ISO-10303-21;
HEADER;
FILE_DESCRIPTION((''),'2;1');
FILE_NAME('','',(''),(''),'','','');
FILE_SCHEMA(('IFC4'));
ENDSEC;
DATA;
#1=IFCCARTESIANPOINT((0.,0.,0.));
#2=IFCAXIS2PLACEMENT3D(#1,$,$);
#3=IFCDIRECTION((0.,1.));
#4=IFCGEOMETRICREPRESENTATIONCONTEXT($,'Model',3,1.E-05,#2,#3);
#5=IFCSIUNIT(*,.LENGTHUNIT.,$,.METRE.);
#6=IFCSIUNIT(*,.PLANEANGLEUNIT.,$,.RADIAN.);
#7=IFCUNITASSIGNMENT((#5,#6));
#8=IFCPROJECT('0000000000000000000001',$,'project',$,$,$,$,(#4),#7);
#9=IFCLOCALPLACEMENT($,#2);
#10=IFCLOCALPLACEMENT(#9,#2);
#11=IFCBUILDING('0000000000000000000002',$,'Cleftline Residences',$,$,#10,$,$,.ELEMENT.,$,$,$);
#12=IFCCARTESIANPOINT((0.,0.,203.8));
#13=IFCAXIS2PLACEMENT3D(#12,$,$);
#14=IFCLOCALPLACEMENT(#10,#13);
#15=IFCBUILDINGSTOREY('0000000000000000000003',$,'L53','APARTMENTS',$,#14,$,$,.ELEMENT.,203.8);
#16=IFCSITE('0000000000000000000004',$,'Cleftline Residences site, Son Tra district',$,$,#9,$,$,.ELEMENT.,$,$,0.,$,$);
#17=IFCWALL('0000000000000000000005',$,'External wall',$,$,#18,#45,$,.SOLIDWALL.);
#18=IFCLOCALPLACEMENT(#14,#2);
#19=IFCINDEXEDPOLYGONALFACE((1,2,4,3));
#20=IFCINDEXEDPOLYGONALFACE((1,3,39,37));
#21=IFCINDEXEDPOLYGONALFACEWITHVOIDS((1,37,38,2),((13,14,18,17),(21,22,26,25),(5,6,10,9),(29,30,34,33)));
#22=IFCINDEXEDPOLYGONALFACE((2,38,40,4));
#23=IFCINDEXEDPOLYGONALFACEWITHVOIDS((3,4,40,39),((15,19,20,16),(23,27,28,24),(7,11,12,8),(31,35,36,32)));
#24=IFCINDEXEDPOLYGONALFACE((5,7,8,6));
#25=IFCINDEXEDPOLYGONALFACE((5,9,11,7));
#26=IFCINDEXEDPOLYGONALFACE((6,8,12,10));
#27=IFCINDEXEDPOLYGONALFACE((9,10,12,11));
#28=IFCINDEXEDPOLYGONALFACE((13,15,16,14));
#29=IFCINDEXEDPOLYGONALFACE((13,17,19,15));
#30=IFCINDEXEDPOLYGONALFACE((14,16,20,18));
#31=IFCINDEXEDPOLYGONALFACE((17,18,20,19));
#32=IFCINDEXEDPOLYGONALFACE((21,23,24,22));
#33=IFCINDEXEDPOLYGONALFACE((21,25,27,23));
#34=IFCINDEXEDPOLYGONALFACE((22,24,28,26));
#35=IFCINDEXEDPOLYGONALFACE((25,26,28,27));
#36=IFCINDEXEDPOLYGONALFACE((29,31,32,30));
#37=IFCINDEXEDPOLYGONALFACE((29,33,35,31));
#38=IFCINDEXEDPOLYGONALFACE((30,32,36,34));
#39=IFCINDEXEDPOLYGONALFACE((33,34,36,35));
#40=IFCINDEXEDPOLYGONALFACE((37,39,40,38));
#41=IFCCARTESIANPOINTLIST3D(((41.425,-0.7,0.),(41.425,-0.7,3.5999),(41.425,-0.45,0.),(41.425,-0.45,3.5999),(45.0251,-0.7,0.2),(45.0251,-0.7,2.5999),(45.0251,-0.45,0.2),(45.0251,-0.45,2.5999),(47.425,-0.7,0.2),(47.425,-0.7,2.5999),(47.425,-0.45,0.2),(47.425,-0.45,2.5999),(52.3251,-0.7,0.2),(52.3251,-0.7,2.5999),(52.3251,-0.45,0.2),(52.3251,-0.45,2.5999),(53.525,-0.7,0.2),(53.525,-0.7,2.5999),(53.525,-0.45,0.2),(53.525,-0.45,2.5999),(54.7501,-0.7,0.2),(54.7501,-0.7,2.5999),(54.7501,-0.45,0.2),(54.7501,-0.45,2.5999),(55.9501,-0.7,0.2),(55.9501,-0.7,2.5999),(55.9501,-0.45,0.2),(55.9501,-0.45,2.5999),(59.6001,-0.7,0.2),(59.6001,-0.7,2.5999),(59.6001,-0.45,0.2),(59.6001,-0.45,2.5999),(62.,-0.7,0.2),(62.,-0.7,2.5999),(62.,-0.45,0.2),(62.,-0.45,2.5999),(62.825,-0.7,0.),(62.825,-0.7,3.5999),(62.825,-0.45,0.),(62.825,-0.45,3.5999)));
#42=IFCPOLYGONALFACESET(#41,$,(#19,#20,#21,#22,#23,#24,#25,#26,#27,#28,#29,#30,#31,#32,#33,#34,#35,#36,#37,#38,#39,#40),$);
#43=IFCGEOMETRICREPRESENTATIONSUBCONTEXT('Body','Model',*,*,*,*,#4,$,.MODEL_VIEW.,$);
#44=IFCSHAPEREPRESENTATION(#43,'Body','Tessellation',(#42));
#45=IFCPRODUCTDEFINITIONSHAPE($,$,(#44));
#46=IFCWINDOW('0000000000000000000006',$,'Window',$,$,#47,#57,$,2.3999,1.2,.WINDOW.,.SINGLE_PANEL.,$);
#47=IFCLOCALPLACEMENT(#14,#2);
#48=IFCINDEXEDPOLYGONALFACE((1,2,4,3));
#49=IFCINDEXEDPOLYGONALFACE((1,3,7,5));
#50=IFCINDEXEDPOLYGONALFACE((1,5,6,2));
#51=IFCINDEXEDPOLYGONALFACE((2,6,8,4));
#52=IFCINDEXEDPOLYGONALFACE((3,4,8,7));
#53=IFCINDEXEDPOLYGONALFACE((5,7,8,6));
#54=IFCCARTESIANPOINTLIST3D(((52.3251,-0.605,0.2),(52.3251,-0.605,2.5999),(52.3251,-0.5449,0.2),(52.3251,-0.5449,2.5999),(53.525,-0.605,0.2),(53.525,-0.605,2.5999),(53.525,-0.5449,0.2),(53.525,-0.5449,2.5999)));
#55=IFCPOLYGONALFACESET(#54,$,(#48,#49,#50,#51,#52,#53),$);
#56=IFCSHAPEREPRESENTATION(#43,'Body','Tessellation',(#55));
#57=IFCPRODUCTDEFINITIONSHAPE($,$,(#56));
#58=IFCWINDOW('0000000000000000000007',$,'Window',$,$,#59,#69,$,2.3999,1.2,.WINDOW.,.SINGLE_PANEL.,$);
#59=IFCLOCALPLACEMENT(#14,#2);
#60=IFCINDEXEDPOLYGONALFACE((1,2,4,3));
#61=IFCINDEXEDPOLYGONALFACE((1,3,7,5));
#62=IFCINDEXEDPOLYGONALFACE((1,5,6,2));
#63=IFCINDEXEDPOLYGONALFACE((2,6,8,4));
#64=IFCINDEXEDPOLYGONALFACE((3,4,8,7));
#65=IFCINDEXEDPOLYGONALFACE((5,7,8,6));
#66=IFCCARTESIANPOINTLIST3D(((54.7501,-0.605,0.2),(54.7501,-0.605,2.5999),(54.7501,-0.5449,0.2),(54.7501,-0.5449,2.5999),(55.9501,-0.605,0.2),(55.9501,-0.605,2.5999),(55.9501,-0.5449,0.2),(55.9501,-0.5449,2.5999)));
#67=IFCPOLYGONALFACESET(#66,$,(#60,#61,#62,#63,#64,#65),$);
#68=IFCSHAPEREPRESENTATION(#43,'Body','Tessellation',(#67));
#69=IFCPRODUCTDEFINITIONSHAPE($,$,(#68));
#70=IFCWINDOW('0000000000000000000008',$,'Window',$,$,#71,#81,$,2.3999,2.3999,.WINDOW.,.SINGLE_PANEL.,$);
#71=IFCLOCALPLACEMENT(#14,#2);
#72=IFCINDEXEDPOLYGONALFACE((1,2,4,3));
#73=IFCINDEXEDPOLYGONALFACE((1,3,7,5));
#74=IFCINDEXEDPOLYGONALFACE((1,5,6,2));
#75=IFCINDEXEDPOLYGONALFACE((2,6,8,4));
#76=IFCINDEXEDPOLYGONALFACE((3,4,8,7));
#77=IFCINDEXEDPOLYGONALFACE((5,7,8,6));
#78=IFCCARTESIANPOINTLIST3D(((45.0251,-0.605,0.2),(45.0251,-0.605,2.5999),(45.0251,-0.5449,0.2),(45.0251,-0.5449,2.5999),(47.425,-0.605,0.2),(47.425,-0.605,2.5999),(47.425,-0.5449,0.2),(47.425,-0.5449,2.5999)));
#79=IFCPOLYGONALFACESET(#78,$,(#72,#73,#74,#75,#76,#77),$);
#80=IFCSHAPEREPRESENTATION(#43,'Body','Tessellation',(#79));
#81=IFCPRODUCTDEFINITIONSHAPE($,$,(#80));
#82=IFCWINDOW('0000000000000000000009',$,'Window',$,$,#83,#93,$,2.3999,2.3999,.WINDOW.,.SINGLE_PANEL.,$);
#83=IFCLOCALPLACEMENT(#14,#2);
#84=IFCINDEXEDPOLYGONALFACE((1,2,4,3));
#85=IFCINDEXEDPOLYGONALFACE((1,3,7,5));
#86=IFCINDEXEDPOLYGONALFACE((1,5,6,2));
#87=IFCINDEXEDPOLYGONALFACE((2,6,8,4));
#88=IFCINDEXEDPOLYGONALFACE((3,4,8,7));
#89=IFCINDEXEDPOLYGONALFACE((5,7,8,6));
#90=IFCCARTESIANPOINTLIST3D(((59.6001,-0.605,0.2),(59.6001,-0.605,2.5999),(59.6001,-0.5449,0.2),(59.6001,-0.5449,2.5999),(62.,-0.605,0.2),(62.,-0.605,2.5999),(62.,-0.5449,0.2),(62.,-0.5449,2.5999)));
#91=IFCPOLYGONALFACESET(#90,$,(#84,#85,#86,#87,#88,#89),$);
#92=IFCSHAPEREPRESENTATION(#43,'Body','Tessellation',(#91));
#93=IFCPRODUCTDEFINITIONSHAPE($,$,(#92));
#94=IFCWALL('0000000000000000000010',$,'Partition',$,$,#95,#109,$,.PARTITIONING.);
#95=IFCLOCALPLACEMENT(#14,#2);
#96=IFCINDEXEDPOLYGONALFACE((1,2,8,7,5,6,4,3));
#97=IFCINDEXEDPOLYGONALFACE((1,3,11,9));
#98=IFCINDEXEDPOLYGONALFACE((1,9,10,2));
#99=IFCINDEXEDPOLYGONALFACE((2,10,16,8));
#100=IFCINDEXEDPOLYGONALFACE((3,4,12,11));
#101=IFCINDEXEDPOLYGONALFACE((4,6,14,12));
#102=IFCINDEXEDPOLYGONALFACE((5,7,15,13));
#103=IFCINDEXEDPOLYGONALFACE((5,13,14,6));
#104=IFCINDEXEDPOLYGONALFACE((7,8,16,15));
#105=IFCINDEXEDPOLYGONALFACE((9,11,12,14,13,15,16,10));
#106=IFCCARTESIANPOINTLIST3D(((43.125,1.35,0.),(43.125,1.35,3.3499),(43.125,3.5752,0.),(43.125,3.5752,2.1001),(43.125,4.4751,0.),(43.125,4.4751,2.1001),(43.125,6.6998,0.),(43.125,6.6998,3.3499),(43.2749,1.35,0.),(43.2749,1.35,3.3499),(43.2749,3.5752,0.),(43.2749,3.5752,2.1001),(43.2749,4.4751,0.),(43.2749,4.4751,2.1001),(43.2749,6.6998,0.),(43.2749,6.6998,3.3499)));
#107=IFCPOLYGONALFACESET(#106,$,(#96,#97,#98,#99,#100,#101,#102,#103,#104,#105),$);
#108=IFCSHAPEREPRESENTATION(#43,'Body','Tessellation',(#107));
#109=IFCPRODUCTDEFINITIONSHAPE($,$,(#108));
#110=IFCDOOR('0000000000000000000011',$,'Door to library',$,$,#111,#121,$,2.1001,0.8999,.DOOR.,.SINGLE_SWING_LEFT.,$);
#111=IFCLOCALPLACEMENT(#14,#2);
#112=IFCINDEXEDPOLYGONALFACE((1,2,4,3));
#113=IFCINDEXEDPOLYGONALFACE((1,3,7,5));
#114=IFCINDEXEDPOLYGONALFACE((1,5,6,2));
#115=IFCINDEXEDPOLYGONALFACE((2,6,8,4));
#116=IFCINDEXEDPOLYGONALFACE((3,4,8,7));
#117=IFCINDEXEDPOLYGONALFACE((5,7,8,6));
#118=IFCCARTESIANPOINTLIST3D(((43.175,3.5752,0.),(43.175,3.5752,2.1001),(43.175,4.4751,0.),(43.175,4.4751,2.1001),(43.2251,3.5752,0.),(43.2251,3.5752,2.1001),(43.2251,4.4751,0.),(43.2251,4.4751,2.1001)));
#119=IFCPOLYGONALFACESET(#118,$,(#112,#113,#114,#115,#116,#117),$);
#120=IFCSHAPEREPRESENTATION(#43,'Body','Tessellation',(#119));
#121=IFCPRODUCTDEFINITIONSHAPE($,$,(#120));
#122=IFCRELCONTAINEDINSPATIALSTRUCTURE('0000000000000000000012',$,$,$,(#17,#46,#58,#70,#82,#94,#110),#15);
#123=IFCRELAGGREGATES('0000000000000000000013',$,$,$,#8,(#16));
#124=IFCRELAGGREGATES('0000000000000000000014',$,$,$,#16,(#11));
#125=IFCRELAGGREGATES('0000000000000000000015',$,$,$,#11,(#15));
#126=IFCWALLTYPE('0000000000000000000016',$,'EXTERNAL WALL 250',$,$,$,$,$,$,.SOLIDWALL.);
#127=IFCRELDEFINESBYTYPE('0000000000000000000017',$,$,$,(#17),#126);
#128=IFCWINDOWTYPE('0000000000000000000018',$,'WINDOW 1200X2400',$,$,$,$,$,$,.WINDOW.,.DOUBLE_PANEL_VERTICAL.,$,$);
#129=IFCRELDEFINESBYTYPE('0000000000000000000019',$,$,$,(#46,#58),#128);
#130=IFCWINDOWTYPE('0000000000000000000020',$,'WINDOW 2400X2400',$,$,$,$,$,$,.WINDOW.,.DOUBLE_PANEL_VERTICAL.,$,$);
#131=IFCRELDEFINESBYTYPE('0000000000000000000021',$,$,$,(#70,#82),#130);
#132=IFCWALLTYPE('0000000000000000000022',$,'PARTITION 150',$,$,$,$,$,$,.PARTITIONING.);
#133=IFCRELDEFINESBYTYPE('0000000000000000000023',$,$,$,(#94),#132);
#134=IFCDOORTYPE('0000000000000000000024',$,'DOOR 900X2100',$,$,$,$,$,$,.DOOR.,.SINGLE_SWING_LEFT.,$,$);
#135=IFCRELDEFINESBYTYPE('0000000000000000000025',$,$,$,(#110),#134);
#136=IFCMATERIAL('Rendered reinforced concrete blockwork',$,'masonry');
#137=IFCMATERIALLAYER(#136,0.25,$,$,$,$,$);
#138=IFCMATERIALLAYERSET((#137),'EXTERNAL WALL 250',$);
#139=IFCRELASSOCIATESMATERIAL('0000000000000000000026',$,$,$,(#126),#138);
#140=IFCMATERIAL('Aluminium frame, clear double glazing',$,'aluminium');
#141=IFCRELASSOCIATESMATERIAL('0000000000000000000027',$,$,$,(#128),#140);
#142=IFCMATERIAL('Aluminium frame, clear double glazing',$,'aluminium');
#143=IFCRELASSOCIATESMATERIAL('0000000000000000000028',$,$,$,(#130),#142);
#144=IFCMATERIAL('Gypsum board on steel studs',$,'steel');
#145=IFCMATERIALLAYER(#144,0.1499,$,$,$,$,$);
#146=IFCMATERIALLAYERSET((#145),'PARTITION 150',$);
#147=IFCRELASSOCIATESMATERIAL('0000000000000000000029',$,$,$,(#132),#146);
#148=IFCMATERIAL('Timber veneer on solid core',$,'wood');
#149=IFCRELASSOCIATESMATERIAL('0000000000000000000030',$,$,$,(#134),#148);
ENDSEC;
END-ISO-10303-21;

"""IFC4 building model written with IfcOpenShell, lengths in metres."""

from ifc_helpers import new_model, si_unit, direction, frame, frame_2d, origin, place, context, subcontext, project, spatial, rectangle, extrude, material, layer, layer_set, type_object, element, fill, save


model = new_model("IFC4")

# Units and contexts
model_context = context("Model", 3, precision=1e-05, world=origin(), true_north=direction((0.0, 1.0)))
body_context = subcontext(model_context, "Body", "Model", "MODEL_VIEW")
ifc_project = project(units=[si_unit("LENGTHUNIT", "METRE"), si_unit("PLANEANGLEUNIT", "RADIAN")], contexts=[model_context])

# Site, building, storey
site_placement = place(None, origin())
site = spatial("IfcSite", under=ifc_project, at=site_placement, Name="Cleftline Residences site, Son Tra district", CompositionType="ELEMENT", RefElevation=0.0)
building_placement = place(site_placement, origin())
building = spatial("IfcBuilding", under=site, at=building_placement, Name="Cleftline Residences", CompositionType="ELEMENT")
storey_placement = place(building_placement, frame((0.0, 0.0, 203.8)))
storey = spatial("IfcBuildingStorey", under=building, at=storey_placement, Name="L53", Description="APARTMENTS", CompositionType="ELEMENT", Elevation=203.8)

# Wall, openings, windows
ifc_material_1 = material(Name="Rendered reinforced concrete blockwork", Category="masonry")
ifc_layer_1 = layer(ifc_material_1, 0.25)
ifc_layer_set_1 = layer_set([ifc_layer_1], Name="EXTERNAL WALL 250")
wall_type_1 = type_object("IfcWallType", Name="EXTERNAL WALL 250", PredefinedType="SOLIDWALL", material=ifc_layer_set_1)
wall_1_placement = place(storey_placement, frame((41.425, -0.575, 0.0), z_axis=(0.0, 0.0, 1.0), x_axis=(1.0, 0.0, 0.0)))
wall_1 = element("IfcWall", 1, at=wall_1_placement, inside=storey, type_object=wall_type_1, Name="External wall", PredefinedType="SOLIDWALL", context=body_context, shape_type="SweptSolid", body=[
    extrude(rectangle(XDim=21.3999, YDim=0.25, at=frame_2d((10.7, 0.0))), origin(), (0.0, 0.0, 1.0), 3.5999),
])
opening_1_placement = place(wall_1_placement, frame((3.6001, 0.0, 0.2)))
opening_1 = element("IfcOpeningElement", 2, at=opening_1_placement, cuts=wall_1, PredefinedType="OPENING", context=body_context, shape_type="SweptSolid", body=[
    extrude(rectangle(XDim=2.3999, YDim=2.3999, at=frame_2d((1.2, 1.2))), frame((0.0, 0.135, 0.0), z_axis=(0.0, -1.0, 0.0), x_axis=(1.0, 0.0, 0.0)), (0.0, 0.0, 1.0), 0.27),
])
opening_2_placement = place(wall_1_placement, frame((10.8999, 0.0, 0.2)))
opening_2 = element("IfcOpeningElement", 3, at=opening_2_placement, cuts=wall_1, PredefinedType="OPENING", context=body_context, shape_type="SweptSolid", body=[
    extrude(rectangle(XDim=1.2, YDim=2.3999, at=frame_2d((0.6001, 1.2))), frame((0.0, 0.135, 0.0), z_axis=(0.0, -1.0, 0.0), x_axis=(1.0, 0.0, 0.0)), (0.0, 0.0, 1.0), 0.27),
])
opening_3_placement = place(wall_1_placement, frame((13.325, 0.0, 0.2)))
opening_3 = element("IfcOpeningElement", 4, at=opening_3_placement, cuts=wall_1, PredefinedType="OPENING", context=body_context, shape_type="SweptSolid", body=[
    extrude(rectangle(XDim=1.2, YDim=2.3999, at=frame_2d((0.6001, 1.2))), frame((0.0, 0.135, 0.0), z_axis=(0.0, -1.0, 0.0), x_axis=(1.0, 0.0, 0.0)), (0.0, 0.0, 1.0), 0.27),
])
opening_4_placement = place(wall_1_placement, frame((18.175, 0.0, 0.2)))
opening_4 = element("IfcOpeningElement", 5, at=opening_4_placement, cuts=wall_1, PredefinedType="OPENING", context=body_context, shape_type="SweptSolid", body=[
    extrude(rectangle(XDim=2.3999, YDim=2.3999, at=frame_2d((1.2, 1.2))), frame((0.0, 0.135, 0.0), z_axis=(0.0, -1.0, 0.0), x_axis=(1.0, 0.0, 0.0)), (0.0, 0.0, 1.0), 0.27),
])
ifc_material_2 = material(Name="Aluminium frame, clear double glazing", Category="aluminium")
window_type_1 = type_object("IfcWindowType", Name="WINDOW 1200X2400", PartitioningType="DOUBLE_PANEL_VERTICAL", PredefinedType="WINDOW", material=ifc_material_2)
window_1_placement = place(opening_2_placement, origin())
window_1 = element("IfcWindow", 6, at=window_1_placement, inside=storey, type_object=window_type_1, Name="Window", OverallHeight=2.3999, OverallWidth=1.2, PartitioningType="SINGLE_PANEL", PredefinedType="WINDOW", context=body_context, shape_type="SweptSolid", body=[
    extrude(rectangle(XDim=1.2, YDim=2.3999, at=frame_2d((0.6001, 1.2))), frame((0.0, 0.03, 0.0), z_axis=(0.0, -1.0, 0.0), x_axis=(1.0, 0.0, 0.0)), (0.0, 0.0, 1.0), 0.0601),
])
fill(opening_2, window_1)
window_2_placement = place(opening_3_placement, origin())
window_2 = element("IfcWindow", 7, at=window_2_placement, inside=storey, type_object=window_type_1, Name="Window", OverallHeight=2.3999, OverallWidth=1.2, PartitioningType="SINGLE_PANEL", PredefinedType="WINDOW", context=body_context, shape_type="SweptSolid", body=[
    extrude(rectangle(XDim=1.2, YDim=2.3999, at=frame_2d((0.6001, 1.2))), frame((0.0, 0.03, 0.0), z_axis=(0.0, -1.0, 0.0), x_axis=(1.0, 0.0, 0.0)), (0.0, 0.0, 1.0), 0.0601),
])
fill(opening_3, window_2)
ifc_material_3 = material(Name="Aluminium frame, clear double glazing", Category="aluminium")
window_type_2 = type_object("IfcWindowType", Name="WINDOW 2400X2400", PartitioningType="DOUBLE_PANEL_VERTICAL", PredefinedType="WINDOW", material=ifc_material_3)
window_3_placement = place(opening_1_placement, origin())
window_3 = element("IfcWindow", 8, at=window_3_placement, inside=storey, type_object=window_type_2, Name="Window", OverallHeight=2.3999, OverallWidth=2.3999, PartitioningType="SINGLE_PANEL", PredefinedType="WINDOW", context=body_context, shape_type="SweptSolid", body=[
    extrude(rectangle(XDim=2.3999, YDim=2.3999, at=frame_2d((1.2, 1.2))), frame((0.0, 0.03, 0.0), z_axis=(0.0, -1.0, 0.0), x_axis=(1.0, 0.0, 0.0)), (0.0, 0.0, 1.0), 0.0601),
])
fill(opening_1, window_3)
window_4_placement = place(opening_4_placement, origin())
window_4 = element("IfcWindow", 9, at=window_4_placement, inside=storey, type_object=window_type_2, Name="Window", OverallHeight=2.3999, OverallWidth=2.3999, PartitioningType="SINGLE_PANEL", PredefinedType="WINDOW", context=body_context, shape_type="SweptSolid", body=[
    extrude(rectangle(XDim=2.3999, YDim=2.3999, at=frame_2d((1.2, 1.2))), frame((0.0, 0.03, 0.0), z_axis=(0.0, -1.0, 0.0), x_axis=(1.0, 0.0, 0.0)), (0.0, 0.0, 1.0), 0.0601),
])
fill(opening_4, window_4)

# Wall, opening, door
ifc_material_4 = material(Name="Gypsum board on steel studs", Category="steel")
ifc_layer_2 = layer(ifc_material_4, 0.1499)
ifc_layer_set_2 = layer_set([ifc_layer_2], Name="PARTITION 150")
wall_type_2 = type_object("IfcWallType", Name="PARTITION 150", PredefinedType="PARTITIONING", material=ifc_layer_set_2)
wall_2_placement = place(storey_placement, frame((43.2, 1.3501, 0.0), z_axis=(0.0, 0.0, 1.0), x_axis=(0.0, 1.0, 0.0)))
wall_2 = element("IfcWall", 10, at=wall_2_placement, inside=storey, type_object=wall_type_2, Name="Partition", PredefinedType="PARTITIONING", context=body_context, shape_type="SweptSolid", body=[
    extrude(rectangle(XDim=5.3499, YDim=0.1499, at=frame_2d((2.6748, 0.0))), origin(), (0.0, 0.0, 1.0), 3.3499),
])
opening_5_placement = place(wall_2_placement, frame((2.2251, 0.0, 0.0)))
opening_5 = element("IfcOpeningElement", 11, at=opening_5_placement, cuts=wall_2, PredefinedType="OPENING", context=body_context, shape_type="SweptSolid", body=[
    extrude(rectangle(XDim=0.8999, YDim=2.1001, at=frame_2d((0.45, 1.05))), frame((0.0, 0.085, 0.0), z_axis=(0.0, -1.0, 0.0), x_axis=(1.0, 0.0, 0.0)), (0.0, 0.0, 1.0), 0.1699),
])
ifc_material_5 = material(Name="Timber veneer on solid core", Category="wood")
door_type = type_object("IfcDoorType", Name="DOOR 900X2100", OperationType="SINGLE_SWING_LEFT", PredefinedType="DOOR", material=ifc_material_5)
door_placement = place(opening_5_placement, origin())
door = element("IfcDoor", 12, at=door_placement, inside=storey, type_object=door_type, Name="Door to library", OperationType="SINGLE_SWING_LEFT", OverallHeight=2.1001, OverallWidth=0.8999, PredefinedType="DOOR", context=body_context, shape_type="SweptSolid", body=[
    extrude(rectangle(XDim=0.8999, YDim=2.1001, at=frame_2d((0.45, 1.05))), frame((0.0, 0.0249, 0.0), z_axis=(0.0, -1.0, 0.0), x_axis=(1.0, 0.0, 0.0)), (0.0, 0.0, 1.0), 0.05),
])
fill(opening_5, door)

save(model, "model.ifc")
